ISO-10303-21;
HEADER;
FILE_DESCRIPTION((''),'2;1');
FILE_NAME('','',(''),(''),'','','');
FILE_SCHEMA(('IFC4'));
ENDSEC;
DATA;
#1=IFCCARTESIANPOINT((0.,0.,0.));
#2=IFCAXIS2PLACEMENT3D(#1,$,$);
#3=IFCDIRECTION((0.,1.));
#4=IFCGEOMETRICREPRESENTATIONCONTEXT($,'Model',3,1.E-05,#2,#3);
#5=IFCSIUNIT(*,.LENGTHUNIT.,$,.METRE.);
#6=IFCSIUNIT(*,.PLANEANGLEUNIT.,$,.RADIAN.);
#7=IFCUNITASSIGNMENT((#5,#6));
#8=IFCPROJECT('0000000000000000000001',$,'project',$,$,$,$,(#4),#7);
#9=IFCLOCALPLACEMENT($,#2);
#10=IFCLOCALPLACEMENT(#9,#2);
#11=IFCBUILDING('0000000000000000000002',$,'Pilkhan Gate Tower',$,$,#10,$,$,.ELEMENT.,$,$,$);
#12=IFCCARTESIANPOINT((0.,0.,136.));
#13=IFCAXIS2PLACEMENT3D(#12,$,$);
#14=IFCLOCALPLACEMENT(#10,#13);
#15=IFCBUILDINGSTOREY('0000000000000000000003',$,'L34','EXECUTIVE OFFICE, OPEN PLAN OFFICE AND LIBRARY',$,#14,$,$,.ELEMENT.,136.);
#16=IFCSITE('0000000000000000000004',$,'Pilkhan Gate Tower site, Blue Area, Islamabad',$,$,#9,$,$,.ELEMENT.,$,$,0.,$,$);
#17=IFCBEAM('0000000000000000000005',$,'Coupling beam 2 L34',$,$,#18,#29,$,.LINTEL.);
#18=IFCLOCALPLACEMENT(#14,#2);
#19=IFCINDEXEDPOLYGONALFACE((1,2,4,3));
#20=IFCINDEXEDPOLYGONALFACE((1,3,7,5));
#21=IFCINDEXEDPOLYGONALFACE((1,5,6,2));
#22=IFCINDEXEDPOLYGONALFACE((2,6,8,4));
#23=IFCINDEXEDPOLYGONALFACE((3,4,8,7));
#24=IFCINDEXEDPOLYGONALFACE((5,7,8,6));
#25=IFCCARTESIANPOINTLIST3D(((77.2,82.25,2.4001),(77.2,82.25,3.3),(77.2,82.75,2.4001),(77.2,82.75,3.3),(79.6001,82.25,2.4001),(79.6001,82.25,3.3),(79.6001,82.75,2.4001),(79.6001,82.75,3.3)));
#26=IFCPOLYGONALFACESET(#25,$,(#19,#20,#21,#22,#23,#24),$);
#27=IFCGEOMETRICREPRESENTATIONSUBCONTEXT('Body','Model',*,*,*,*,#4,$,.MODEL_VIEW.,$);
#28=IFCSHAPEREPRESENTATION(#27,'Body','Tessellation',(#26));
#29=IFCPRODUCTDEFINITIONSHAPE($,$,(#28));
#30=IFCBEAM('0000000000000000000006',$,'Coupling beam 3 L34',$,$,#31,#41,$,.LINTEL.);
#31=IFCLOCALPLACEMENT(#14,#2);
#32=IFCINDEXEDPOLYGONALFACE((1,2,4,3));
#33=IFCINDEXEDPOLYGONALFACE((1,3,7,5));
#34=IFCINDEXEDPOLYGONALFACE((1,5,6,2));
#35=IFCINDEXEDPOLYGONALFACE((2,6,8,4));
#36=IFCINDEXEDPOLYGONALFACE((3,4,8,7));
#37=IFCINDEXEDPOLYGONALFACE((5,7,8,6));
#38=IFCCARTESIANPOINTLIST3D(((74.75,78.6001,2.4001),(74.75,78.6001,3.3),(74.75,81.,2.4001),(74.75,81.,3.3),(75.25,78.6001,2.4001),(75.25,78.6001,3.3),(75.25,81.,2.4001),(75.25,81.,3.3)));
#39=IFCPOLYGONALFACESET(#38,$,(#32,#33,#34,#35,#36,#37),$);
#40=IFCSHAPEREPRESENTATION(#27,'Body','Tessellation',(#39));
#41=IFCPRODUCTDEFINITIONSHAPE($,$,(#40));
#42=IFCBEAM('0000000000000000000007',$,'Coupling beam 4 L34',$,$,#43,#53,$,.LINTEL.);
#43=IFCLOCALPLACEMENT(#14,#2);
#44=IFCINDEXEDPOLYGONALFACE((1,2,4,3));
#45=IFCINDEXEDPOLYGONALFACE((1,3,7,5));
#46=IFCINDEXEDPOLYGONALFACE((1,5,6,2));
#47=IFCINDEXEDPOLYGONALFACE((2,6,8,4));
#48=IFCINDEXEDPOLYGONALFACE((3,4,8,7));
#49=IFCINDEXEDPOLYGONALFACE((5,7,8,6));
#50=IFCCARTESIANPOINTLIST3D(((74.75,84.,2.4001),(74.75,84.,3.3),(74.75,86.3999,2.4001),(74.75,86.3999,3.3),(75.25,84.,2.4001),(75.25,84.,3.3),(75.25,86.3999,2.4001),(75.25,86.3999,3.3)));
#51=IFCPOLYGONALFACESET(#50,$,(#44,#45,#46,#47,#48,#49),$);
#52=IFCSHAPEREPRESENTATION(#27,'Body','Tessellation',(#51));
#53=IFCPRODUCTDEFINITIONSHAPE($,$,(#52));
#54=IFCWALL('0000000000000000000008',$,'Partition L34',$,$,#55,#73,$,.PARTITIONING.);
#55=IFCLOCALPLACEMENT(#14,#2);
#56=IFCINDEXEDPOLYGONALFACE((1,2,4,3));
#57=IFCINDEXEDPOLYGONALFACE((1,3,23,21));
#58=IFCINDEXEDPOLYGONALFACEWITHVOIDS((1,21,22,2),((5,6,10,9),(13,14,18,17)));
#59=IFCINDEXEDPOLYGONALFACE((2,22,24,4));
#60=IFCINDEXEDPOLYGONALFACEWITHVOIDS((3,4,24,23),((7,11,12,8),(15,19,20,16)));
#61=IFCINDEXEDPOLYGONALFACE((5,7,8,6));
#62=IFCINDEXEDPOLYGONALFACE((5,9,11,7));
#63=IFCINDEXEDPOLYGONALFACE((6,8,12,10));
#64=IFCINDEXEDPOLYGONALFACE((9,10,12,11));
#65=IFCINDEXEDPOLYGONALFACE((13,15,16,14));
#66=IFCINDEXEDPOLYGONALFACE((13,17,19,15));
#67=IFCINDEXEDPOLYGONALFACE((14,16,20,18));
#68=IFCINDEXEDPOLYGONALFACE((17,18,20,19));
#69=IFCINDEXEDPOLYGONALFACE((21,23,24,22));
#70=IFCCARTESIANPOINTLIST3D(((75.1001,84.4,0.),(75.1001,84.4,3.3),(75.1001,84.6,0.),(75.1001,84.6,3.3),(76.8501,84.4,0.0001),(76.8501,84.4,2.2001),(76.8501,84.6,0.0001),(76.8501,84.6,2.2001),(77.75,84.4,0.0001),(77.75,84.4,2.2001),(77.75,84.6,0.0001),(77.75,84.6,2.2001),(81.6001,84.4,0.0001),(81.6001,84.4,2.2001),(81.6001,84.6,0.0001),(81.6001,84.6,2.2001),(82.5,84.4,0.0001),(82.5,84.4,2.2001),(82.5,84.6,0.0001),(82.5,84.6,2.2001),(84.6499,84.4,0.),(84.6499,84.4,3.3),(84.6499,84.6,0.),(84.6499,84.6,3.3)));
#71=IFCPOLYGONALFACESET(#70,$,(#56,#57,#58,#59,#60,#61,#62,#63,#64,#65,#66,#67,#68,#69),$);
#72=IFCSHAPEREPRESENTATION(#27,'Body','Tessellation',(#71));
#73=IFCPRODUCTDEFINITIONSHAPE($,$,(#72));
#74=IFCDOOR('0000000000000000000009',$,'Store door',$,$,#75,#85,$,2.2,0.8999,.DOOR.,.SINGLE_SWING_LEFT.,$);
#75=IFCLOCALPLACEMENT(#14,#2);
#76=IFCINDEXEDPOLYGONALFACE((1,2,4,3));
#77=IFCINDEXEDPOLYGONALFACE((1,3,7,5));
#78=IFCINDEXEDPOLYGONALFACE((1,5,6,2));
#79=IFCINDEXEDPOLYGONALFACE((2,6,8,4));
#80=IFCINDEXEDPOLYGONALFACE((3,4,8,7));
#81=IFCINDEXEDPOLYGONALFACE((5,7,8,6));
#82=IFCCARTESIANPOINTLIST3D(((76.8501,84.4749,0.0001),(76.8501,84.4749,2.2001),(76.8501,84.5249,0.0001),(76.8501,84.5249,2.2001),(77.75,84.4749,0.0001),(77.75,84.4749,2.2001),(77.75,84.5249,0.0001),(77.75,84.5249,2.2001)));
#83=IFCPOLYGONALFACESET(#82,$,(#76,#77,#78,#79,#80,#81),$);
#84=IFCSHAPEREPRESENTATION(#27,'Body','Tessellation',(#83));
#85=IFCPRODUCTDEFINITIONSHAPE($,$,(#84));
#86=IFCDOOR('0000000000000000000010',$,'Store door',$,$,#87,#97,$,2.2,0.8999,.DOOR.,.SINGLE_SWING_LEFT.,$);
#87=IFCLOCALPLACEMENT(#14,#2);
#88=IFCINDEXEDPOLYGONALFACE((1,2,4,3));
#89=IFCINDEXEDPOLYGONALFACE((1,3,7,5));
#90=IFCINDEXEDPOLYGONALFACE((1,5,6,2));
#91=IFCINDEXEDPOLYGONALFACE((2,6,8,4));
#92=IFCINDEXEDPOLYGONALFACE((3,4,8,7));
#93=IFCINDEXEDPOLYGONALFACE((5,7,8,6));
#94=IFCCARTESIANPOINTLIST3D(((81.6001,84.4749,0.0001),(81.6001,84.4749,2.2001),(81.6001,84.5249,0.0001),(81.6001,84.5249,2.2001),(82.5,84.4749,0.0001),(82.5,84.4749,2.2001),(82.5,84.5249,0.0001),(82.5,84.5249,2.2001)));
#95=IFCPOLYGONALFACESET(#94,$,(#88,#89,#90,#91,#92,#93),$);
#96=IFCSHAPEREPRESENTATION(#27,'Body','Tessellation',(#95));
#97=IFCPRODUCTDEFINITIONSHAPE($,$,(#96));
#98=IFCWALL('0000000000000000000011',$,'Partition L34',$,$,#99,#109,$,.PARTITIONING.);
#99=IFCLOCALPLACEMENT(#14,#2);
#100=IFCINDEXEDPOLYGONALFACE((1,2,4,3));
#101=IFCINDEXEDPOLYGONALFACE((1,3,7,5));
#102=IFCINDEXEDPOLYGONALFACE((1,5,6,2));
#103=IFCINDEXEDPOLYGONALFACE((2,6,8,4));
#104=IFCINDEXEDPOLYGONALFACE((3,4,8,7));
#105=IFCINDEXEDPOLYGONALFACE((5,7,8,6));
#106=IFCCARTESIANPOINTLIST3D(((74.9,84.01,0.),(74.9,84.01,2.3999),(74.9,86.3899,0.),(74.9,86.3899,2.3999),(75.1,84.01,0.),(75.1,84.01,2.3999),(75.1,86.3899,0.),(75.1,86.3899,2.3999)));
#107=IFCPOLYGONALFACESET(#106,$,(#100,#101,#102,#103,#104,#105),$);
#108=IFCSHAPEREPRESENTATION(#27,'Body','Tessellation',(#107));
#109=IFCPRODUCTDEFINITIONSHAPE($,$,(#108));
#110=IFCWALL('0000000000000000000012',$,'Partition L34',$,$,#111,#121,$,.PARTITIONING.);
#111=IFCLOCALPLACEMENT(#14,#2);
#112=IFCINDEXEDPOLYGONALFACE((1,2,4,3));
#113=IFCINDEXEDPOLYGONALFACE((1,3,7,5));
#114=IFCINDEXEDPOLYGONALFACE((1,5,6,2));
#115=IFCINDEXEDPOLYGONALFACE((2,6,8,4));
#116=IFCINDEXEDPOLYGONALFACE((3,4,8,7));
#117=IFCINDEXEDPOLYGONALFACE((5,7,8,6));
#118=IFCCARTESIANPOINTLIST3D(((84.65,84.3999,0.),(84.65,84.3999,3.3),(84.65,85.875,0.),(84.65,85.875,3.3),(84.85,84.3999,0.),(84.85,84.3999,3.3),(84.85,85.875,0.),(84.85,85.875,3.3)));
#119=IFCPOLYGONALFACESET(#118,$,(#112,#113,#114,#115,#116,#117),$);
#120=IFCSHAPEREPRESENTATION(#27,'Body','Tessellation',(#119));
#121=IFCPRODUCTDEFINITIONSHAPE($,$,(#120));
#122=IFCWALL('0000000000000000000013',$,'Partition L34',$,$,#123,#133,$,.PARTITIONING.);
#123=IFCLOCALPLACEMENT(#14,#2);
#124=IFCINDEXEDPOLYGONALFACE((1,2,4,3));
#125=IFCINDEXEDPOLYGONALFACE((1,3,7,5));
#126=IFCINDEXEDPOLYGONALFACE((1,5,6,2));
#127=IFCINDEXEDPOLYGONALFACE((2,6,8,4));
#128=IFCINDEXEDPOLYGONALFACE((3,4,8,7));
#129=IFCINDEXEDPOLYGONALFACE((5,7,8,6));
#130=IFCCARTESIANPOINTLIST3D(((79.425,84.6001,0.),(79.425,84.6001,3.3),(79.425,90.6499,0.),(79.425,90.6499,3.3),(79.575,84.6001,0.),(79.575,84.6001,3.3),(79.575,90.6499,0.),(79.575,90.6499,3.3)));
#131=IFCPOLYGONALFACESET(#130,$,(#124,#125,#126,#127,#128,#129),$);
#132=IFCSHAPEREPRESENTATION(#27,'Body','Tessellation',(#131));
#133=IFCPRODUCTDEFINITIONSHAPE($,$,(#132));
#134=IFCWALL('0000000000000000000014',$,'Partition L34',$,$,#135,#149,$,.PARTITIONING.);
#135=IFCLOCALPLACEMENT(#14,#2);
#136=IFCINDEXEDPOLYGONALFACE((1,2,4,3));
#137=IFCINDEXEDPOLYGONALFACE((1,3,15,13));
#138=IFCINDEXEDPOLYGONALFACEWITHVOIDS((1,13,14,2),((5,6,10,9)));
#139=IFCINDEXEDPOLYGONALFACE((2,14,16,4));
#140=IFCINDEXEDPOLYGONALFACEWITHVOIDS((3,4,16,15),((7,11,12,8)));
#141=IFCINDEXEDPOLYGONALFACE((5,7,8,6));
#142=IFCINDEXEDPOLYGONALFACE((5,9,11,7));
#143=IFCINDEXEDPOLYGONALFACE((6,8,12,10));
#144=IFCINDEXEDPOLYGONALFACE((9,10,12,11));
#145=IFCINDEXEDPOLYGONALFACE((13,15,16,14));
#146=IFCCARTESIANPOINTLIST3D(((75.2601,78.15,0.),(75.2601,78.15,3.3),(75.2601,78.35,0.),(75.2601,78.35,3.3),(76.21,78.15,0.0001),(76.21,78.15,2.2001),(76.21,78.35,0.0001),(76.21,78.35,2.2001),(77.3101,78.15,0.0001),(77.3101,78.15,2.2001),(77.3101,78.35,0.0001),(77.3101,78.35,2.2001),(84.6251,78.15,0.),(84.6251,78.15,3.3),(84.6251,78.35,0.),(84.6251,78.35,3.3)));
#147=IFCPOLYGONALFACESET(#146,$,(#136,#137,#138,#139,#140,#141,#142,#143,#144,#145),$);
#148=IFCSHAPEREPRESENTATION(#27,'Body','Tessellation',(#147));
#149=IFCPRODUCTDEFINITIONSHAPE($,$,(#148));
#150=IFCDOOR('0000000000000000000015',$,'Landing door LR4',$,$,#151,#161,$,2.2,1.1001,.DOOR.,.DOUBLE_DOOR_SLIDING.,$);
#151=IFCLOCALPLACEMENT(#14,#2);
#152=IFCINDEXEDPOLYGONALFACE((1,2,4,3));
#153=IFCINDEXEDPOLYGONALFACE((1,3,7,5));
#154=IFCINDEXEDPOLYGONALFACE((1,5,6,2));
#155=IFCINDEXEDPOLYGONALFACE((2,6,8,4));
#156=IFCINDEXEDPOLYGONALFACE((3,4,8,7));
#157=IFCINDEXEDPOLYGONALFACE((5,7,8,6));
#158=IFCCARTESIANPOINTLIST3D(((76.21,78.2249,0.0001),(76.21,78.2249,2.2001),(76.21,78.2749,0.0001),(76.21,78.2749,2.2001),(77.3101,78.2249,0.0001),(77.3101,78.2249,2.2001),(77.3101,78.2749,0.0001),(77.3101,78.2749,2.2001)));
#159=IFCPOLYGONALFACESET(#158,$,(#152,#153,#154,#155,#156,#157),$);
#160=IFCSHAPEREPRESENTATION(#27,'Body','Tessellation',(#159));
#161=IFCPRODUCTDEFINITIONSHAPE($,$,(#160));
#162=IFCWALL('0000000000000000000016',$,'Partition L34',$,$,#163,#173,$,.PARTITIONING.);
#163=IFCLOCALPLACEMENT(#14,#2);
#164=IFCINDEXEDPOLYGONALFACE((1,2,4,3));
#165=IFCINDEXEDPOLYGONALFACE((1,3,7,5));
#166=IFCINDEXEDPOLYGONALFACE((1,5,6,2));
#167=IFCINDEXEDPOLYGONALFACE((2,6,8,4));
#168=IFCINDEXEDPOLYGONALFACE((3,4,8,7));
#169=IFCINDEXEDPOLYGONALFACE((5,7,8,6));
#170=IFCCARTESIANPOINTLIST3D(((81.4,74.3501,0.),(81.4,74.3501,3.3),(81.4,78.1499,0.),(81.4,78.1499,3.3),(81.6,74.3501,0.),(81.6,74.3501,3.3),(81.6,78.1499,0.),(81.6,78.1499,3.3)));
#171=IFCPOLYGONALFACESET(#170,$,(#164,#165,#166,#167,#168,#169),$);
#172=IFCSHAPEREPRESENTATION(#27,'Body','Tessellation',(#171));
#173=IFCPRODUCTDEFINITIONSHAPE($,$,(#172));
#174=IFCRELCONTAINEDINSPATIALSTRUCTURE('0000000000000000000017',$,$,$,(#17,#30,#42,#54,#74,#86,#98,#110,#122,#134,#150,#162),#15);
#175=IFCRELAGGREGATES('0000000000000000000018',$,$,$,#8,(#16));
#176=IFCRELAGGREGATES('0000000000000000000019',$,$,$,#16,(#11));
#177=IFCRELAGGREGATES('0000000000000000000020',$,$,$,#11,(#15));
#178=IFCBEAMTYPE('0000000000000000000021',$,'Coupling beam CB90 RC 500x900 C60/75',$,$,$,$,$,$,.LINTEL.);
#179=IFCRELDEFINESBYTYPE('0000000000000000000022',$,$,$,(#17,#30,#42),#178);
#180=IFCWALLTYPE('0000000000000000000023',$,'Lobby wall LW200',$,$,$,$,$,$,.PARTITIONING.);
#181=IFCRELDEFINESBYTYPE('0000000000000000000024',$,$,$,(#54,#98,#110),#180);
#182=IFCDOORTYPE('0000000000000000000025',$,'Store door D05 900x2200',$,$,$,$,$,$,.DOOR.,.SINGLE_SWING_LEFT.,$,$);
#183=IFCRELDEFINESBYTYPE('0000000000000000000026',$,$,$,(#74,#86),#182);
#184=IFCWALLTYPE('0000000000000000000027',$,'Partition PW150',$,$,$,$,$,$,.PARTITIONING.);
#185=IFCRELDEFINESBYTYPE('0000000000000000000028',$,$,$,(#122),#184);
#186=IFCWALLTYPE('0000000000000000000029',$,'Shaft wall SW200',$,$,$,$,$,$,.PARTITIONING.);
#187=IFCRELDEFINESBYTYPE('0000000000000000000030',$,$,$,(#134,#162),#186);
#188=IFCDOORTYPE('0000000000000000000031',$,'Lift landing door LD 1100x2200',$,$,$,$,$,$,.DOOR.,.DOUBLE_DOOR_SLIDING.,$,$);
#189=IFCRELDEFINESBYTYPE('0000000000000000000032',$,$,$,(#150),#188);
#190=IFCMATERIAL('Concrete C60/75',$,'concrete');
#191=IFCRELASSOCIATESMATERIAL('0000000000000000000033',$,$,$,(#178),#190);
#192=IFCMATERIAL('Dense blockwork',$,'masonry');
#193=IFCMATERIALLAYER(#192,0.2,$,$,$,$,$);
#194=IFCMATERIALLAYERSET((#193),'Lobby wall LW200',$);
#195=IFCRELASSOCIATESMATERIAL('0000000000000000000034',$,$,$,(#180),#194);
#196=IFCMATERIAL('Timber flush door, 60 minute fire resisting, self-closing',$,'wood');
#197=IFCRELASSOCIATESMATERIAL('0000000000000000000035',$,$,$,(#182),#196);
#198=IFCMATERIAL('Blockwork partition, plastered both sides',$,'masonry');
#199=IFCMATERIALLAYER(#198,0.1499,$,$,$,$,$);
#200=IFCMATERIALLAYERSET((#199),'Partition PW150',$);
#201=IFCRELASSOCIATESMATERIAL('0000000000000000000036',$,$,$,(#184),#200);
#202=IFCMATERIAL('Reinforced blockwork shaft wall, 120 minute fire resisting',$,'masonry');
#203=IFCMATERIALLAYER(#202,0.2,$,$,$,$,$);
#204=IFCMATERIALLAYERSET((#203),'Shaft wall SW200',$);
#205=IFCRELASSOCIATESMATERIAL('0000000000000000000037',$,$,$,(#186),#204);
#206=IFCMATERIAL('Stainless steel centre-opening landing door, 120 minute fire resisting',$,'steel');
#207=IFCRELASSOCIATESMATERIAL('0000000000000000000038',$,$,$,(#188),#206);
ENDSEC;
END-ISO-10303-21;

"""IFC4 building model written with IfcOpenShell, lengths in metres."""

from ifc_helpers import new_model, si_unit, direction, frame, frame_2d, origin, origin_2d, place, context, subcontext, project, spatial, rectangle, extrude, material, layer, layer_set, material_profile, profile_set, type_object, element, fill, save


model = new_model("IFC4")

# Units and contexts
model_context = context("Model", 3, precision=1e-05, world=origin(), true_north=direction((0.0, 1.0)))
body_context = subcontext(model_context, "Body", "Model", "MODEL_VIEW")
ifc_project = project(units=[si_unit("LENGTHUNIT", "METRE"), si_unit("PLANEANGLEUNIT", "RADIAN")], contexts=[model_context])

# Site, building, storey
site_placement = place(None, origin())
site = spatial("IfcSite", under=ifc_project, at=site_placement, Name="Pilkhan Gate Tower site, Blue Area, Islamabad", CompositionType="ELEMENT", RefElevation=0.0)
building_placement = place(site_placement, origin())
building = spatial("IfcBuilding", under=site, at=building_placement, Name="Pilkhan Gate Tower", CompositionType="ELEMENT")
storey_placement = place(building_placement, frame((0.0, 0.0, 136.0)))
storey = spatial("IfcBuildingStorey", under=building, at=storey_placement, Name="L34", Description="EXECUTIVE OFFICE, OPEN PLAN OFFICE AND LIBRARY", CompositionType="ELEMENT", Elevation=136.0)

# Beams
ifc_material_1 = material(Name="Concrete C60/75", Category="concrete")
ifc_material_profile = material_profile(ifc_material_1, rectangle(XDim=0.5, YDim=0.8999, at=origin_2d()), Name="RC 500x900")
ifc_profile_set = profile_set([ifc_material_profile], Name="Concrete C60/75")
beam_type = type_object("IfcBeamType", Name="Coupling beam CB90 RC 500x900 C60/75", PredefinedType="LINTEL", material=ifc_profile_set)
beam_placement = place(storey_placement, frame((77.2, 82.5, 2.8501), z_axis=(1.0, 0.0, 0.0), x_axis=(0.0, 1.0, 0.0)))
element("IfcBeam", 1, at=beam_placement, inside=storey, type_object=beam_type, Name="Coupling beam 2 L34", PredefinedType="LINTEL", context=body_context, shape_type="SweptSolid", body=[
    extrude(rectangle(XDim=0.5, YDim=0.8999, at=origin_2d()), origin(), (0.0, 0.0, 1.0), 2.4001),
])
for number, where, z_axis, x_axis, name in (
    (2, (75.0, 78.6001, 2.8501), (0.0, 1.0, 0.0), (-1.0, 0.0, 0.0), "Coupling beam 3 L34"),
    (3, (75.0, 84.0, 2.8501), (0.0, 1.0, 0.0), (-1.0, 0.0, 0.0), "Coupling beam 4 L34"),
):
    element("IfcBeam", number, at=place(storey_placement, frame(where, z_axis=z_axis, x_axis=x_axis)), inside=storey, type_object=beam_type, Name=name, PredefinedType="LINTEL", context=body_context, shape_type="SweptSolid", body=[
        extrude(rectangle(XDim=0.5, YDim=0.8999, at=origin_2d()), origin(), (0.0, 0.0, 1.0), 2.3999),
    ])

# Wall, openings, doors
ifc_material_2 = material(Name="Dense blockwork", Category="masonry")
ifc_layer_1 = layer(ifc_material_2, 0.2)
ifc_layer_set_1 = layer_set([ifc_layer_1], Name="Lobby wall LW200")
wall_type_1 = type_object("IfcWallType", Name="Lobby wall LW200", PredefinedType="PARTITIONING", material=ifc_layer_set_1)
wall_1_placement = place(storey_placement, frame((75.1001, 84.5, 0.0), z_axis=(0.0, 0.0, 1.0), x_axis=(1.0, 0.0, 0.0)))
wall_1 = element("IfcWall", 4, at=wall_1_placement, inside=storey, type_object=wall_type_1, Name="Partition L34", PredefinedType="PARTITIONING", context=body_context, shape_type="SweptSolid", body=[
    extrude(rectangle(XDim=9.5498, YDim=0.2, at=frame_2d((4.7749, 0.0))), origin(), (0.0, 0.0, 1.0), 3.3),
])
opening_1_placement = place(wall_1_placement, frame((1.75, 0.0, 0.0)))
opening_1 = element("IfcOpeningElement", 5, at=opening_1_placement, cuts=wall_1, PredefinedType="OPENING", context=body_context, shape_type="SweptSolid", body=[
    extrude(rectangle(XDim=0.8999, YDim=2.2, at=frame_2d((0.45, 1.1001))), frame((0.0, 0.1099, 0.0), z_axis=(0.0, -1.0, 0.0), x_axis=(1.0, 0.0, 0.0)), (0.0, 0.0, 1.0), 0.22),
])
opening_2_placement = place(wall_1_placement, frame((6.5, 0.0, 0.0)))
opening_2 = element("IfcOpeningElement", 6, at=opening_2_placement, cuts=wall_1, PredefinedType="OPENING", context=body_context, shape_type="SweptSolid", body=[
    extrude(rectangle(XDim=0.8999, YDim=2.2, at=frame_2d((0.45, 1.1001))), frame((0.0, 0.1099, 0.0), z_axis=(0.0, -1.0, 0.0), x_axis=(1.0, 0.0, 0.0)), (0.0, 0.0, 1.0), 0.22),
])
ifc_material_3 = material(Name="Timber flush door, 60 minute fire resisting, self-closing", Category="wood")
door_type_1 = type_object("IfcDoorType", Name="Store door D05 900x2200", OperationType="SINGLE_SWING_LEFT", PredefinedType="DOOR", material=ifc_material_3)
door_1_placement = place(opening_1_placement, origin())
door_1 = element("IfcDoor", 7, at=door_1_placement, inside=storey, type_object=door_type_1, Name="Store door", OperationType="SINGLE_SWING_LEFT", OverallHeight=2.2, OverallWidth=0.8999, PredefinedType="DOOR", context=body_context, shape_type="SweptSolid", body=[
    extrude(rectangle(XDim=0.8999, YDim=2.2, at=frame_2d((0.45, 1.1001))), frame((0.0, 0.0249, 0.0), z_axis=(0.0, -1.0, 0.0), x_axis=(1.0, 0.0, 0.0)), (0.0, 0.0, 1.0), 0.05),
])
fill(opening_1, door_1)
door_2_placement = place(opening_2_placement, origin())
door_2 = element("IfcDoor", 8, at=door_2_placement, inside=storey, type_object=door_type_1, Name="Store door", OperationType="SINGLE_SWING_LEFT", OverallHeight=2.2, OverallWidth=0.8999, PredefinedType="DOOR", context=body_context, shape_type="SweptSolid", body=[
    extrude(rectangle(XDim=0.8999, YDim=2.2, at=frame_2d((0.45, 1.1001))), frame((0.0, 0.0249, 0.0), z_axis=(0.0, -1.0, 0.0), x_axis=(1.0, 0.0, 0.0)), (0.0, 0.0, 1.0), 0.05),
])
fill(opening_2, door_2)

# Walls
wall_2_placement = place(storey_placement, frame((75.0, 84.01, 0.0), z_axis=(0.0, 0.0, 1.0), x_axis=(0.0, 1.0, 0.0)))
element("IfcWall", 9, at=wall_2_placement, inside=storey, type_object=wall_type_1, Name="Partition L34", PredefinedType="PARTITIONING", context=body_context, shape_type="SweptSolid", body=[
    extrude(rectangle(XDim=2.3799, YDim=0.2, at=frame_2d((1.1899, 0.0))), origin(), (0.0, 0.0, 1.0), 2.3999),
])
wall_3_placement = place(storey_placement, frame((84.75, 84.3999, 0.0), z_axis=(0.0, 0.0, 1.0), x_axis=(0.0, 1.0, 0.0)))
element("IfcWall", 10, at=wall_3_placement, inside=storey, type_object=wall_type_1, Name="Partition L34", PredefinedType="PARTITIONING", context=body_context, shape_type="SweptSolid", body=[
    extrude(rectangle(XDim=1.4751, YDim=0.2, at=frame_2d((0.7375, 0.0))), origin(), (0.0, 0.0, 1.0), 3.3),
])
ifc_material_4 = material(Name="Blockwork partition, plastered both sides", Category="masonry")
ifc_layer_2 = layer(ifc_material_4, 0.1499)
ifc_layer_set_2 = layer_set([ifc_layer_2], Name="Partition PW150")
wall_type_2 = type_object("IfcWallType", Name="Partition PW150", PredefinedType="PARTITIONING", material=ifc_layer_set_2)
wall_4_placement = place(storey_placement, frame((79.5, 84.6001, 0.0), z_axis=(0.0, 0.0, 1.0), x_axis=(0.0, 1.0, 0.0)))
element("IfcWall", 11, at=wall_4_placement, inside=storey, type_object=wall_type_2, Name="Partition L34", PredefinedType="PARTITIONING", context=body_context, shape_type="SweptSolid", body=[
    extrude(rectangle(XDim=6.0498, YDim=0.1499, at=frame_2d((3.0249, 0.0))), origin(), (0.0, 0.0, 1.0), 3.3),
])

# Wall, opening, door
ifc_material_5 = material(Name="Reinforced blockwork shaft wall, 120 minute fire resisting", Category="masonry")
ifc_layer_3 = layer(ifc_material_5, 0.2)
ifc_layer_set_3 = layer_set([ifc_layer_3], Name="Shaft wall SW200")
wall_type_3 = type_object("IfcWallType", Name="Shaft wall SW200", PredefinedType="PARTITIONING", material=ifc_layer_set_3)
wall_5_placement = place(storey_placement, frame((75.26, 78.25, 0.0), z_axis=(0.0, 0.0, 1.0), x_axis=(1.0, 0.0, 0.0)))
wall_5 = element("IfcWall", 12, at=wall_5_placement, inside=storey, type_object=wall_type_3, Name="Partition L34", PredefinedType="PARTITIONING", context=body_context, shape_type="SweptSolid", body=[
    extrude(rectangle(XDim=9.365, YDim=0.2, at=frame_2d((4.6826, 0.0))), origin(), (0.0, 0.0, 1.0), 3.3),
])
opening_3_placement = place(wall_5_placement, frame((0.95, 0.0, 0.0)))
opening_3 = element("IfcOpeningElement", 13, at=opening_3_placement, cuts=wall_5, PredefinedType="OPENING", context=body_context, shape_type="SweptSolid", body=[
    extrude(rectangle(XDim=1.1001, YDim=2.2, at=frame_2d((0.55, 1.1001))), frame((0.0, 0.1099, 0.0), z_axis=(0.0, -1.0, 0.0), x_axis=(1.0, 0.0, 0.0)), (0.0, 0.0, 1.0), 0.22),
])
ifc_material_6 = material(Name="Stainless steel centre-opening landing door, 120 minute fire resisting", Category="steel")
door_type_2 = type_object("IfcDoorType", Name="Lift landing door LD 1100x2200", OperationType="DOUBLE_DOOR_SLIDING", PredefinedType="DOOR", material=ifc_material_6)
door_3_placement = place(opening_3_placement, origin())
door_3 = element("IfcDoor", 14, at=door_3_placement, inside=storey, type_object=door_type_2, Name="Landing door LR4", OperationType="DOUBLE_DOOR_SLIDING", OverallHeight=2.2, OverallWidth=1.1001, PredefinedType="DOOR", context=body_context, shape_type="SweptSolid", body=[
    extrude(rectangle(XDim=1.1001, YDim=2.2, at=frame_2d((0.55, 1.1001))), frame((0.0, 0.0249, 0.0), z_axis=(0.0, -1.0, 0.0), x_axis=(1.0, 0.0, 0.0)), (0.0, 0.0, 1.0), 0.05),
])
fill(opening_3, door_3)

# Wall
wall_6_placement = place(storey_placement, frame((81.5, 74.3501, 0.0), z_axis=(0.0, 0.0, 1.0), x_axis=(0.0, 1.0, 0.0)))
element("IfcWall", 15, at=wall_6_placement, inside=storey, type_object=wall_type_3, Name="Partition L34", PredefinedType="PARTITIONING", context=body_context, shape_type="SweptSolid", body=[
    extrude(rectangle(XDim=3.7998, YDim=0.2, at=frame_2d((1.8999, 0.0))), origin(), (0.0, 0.0, 1.0), 3.3),
])

save(model, "model.ifc")
